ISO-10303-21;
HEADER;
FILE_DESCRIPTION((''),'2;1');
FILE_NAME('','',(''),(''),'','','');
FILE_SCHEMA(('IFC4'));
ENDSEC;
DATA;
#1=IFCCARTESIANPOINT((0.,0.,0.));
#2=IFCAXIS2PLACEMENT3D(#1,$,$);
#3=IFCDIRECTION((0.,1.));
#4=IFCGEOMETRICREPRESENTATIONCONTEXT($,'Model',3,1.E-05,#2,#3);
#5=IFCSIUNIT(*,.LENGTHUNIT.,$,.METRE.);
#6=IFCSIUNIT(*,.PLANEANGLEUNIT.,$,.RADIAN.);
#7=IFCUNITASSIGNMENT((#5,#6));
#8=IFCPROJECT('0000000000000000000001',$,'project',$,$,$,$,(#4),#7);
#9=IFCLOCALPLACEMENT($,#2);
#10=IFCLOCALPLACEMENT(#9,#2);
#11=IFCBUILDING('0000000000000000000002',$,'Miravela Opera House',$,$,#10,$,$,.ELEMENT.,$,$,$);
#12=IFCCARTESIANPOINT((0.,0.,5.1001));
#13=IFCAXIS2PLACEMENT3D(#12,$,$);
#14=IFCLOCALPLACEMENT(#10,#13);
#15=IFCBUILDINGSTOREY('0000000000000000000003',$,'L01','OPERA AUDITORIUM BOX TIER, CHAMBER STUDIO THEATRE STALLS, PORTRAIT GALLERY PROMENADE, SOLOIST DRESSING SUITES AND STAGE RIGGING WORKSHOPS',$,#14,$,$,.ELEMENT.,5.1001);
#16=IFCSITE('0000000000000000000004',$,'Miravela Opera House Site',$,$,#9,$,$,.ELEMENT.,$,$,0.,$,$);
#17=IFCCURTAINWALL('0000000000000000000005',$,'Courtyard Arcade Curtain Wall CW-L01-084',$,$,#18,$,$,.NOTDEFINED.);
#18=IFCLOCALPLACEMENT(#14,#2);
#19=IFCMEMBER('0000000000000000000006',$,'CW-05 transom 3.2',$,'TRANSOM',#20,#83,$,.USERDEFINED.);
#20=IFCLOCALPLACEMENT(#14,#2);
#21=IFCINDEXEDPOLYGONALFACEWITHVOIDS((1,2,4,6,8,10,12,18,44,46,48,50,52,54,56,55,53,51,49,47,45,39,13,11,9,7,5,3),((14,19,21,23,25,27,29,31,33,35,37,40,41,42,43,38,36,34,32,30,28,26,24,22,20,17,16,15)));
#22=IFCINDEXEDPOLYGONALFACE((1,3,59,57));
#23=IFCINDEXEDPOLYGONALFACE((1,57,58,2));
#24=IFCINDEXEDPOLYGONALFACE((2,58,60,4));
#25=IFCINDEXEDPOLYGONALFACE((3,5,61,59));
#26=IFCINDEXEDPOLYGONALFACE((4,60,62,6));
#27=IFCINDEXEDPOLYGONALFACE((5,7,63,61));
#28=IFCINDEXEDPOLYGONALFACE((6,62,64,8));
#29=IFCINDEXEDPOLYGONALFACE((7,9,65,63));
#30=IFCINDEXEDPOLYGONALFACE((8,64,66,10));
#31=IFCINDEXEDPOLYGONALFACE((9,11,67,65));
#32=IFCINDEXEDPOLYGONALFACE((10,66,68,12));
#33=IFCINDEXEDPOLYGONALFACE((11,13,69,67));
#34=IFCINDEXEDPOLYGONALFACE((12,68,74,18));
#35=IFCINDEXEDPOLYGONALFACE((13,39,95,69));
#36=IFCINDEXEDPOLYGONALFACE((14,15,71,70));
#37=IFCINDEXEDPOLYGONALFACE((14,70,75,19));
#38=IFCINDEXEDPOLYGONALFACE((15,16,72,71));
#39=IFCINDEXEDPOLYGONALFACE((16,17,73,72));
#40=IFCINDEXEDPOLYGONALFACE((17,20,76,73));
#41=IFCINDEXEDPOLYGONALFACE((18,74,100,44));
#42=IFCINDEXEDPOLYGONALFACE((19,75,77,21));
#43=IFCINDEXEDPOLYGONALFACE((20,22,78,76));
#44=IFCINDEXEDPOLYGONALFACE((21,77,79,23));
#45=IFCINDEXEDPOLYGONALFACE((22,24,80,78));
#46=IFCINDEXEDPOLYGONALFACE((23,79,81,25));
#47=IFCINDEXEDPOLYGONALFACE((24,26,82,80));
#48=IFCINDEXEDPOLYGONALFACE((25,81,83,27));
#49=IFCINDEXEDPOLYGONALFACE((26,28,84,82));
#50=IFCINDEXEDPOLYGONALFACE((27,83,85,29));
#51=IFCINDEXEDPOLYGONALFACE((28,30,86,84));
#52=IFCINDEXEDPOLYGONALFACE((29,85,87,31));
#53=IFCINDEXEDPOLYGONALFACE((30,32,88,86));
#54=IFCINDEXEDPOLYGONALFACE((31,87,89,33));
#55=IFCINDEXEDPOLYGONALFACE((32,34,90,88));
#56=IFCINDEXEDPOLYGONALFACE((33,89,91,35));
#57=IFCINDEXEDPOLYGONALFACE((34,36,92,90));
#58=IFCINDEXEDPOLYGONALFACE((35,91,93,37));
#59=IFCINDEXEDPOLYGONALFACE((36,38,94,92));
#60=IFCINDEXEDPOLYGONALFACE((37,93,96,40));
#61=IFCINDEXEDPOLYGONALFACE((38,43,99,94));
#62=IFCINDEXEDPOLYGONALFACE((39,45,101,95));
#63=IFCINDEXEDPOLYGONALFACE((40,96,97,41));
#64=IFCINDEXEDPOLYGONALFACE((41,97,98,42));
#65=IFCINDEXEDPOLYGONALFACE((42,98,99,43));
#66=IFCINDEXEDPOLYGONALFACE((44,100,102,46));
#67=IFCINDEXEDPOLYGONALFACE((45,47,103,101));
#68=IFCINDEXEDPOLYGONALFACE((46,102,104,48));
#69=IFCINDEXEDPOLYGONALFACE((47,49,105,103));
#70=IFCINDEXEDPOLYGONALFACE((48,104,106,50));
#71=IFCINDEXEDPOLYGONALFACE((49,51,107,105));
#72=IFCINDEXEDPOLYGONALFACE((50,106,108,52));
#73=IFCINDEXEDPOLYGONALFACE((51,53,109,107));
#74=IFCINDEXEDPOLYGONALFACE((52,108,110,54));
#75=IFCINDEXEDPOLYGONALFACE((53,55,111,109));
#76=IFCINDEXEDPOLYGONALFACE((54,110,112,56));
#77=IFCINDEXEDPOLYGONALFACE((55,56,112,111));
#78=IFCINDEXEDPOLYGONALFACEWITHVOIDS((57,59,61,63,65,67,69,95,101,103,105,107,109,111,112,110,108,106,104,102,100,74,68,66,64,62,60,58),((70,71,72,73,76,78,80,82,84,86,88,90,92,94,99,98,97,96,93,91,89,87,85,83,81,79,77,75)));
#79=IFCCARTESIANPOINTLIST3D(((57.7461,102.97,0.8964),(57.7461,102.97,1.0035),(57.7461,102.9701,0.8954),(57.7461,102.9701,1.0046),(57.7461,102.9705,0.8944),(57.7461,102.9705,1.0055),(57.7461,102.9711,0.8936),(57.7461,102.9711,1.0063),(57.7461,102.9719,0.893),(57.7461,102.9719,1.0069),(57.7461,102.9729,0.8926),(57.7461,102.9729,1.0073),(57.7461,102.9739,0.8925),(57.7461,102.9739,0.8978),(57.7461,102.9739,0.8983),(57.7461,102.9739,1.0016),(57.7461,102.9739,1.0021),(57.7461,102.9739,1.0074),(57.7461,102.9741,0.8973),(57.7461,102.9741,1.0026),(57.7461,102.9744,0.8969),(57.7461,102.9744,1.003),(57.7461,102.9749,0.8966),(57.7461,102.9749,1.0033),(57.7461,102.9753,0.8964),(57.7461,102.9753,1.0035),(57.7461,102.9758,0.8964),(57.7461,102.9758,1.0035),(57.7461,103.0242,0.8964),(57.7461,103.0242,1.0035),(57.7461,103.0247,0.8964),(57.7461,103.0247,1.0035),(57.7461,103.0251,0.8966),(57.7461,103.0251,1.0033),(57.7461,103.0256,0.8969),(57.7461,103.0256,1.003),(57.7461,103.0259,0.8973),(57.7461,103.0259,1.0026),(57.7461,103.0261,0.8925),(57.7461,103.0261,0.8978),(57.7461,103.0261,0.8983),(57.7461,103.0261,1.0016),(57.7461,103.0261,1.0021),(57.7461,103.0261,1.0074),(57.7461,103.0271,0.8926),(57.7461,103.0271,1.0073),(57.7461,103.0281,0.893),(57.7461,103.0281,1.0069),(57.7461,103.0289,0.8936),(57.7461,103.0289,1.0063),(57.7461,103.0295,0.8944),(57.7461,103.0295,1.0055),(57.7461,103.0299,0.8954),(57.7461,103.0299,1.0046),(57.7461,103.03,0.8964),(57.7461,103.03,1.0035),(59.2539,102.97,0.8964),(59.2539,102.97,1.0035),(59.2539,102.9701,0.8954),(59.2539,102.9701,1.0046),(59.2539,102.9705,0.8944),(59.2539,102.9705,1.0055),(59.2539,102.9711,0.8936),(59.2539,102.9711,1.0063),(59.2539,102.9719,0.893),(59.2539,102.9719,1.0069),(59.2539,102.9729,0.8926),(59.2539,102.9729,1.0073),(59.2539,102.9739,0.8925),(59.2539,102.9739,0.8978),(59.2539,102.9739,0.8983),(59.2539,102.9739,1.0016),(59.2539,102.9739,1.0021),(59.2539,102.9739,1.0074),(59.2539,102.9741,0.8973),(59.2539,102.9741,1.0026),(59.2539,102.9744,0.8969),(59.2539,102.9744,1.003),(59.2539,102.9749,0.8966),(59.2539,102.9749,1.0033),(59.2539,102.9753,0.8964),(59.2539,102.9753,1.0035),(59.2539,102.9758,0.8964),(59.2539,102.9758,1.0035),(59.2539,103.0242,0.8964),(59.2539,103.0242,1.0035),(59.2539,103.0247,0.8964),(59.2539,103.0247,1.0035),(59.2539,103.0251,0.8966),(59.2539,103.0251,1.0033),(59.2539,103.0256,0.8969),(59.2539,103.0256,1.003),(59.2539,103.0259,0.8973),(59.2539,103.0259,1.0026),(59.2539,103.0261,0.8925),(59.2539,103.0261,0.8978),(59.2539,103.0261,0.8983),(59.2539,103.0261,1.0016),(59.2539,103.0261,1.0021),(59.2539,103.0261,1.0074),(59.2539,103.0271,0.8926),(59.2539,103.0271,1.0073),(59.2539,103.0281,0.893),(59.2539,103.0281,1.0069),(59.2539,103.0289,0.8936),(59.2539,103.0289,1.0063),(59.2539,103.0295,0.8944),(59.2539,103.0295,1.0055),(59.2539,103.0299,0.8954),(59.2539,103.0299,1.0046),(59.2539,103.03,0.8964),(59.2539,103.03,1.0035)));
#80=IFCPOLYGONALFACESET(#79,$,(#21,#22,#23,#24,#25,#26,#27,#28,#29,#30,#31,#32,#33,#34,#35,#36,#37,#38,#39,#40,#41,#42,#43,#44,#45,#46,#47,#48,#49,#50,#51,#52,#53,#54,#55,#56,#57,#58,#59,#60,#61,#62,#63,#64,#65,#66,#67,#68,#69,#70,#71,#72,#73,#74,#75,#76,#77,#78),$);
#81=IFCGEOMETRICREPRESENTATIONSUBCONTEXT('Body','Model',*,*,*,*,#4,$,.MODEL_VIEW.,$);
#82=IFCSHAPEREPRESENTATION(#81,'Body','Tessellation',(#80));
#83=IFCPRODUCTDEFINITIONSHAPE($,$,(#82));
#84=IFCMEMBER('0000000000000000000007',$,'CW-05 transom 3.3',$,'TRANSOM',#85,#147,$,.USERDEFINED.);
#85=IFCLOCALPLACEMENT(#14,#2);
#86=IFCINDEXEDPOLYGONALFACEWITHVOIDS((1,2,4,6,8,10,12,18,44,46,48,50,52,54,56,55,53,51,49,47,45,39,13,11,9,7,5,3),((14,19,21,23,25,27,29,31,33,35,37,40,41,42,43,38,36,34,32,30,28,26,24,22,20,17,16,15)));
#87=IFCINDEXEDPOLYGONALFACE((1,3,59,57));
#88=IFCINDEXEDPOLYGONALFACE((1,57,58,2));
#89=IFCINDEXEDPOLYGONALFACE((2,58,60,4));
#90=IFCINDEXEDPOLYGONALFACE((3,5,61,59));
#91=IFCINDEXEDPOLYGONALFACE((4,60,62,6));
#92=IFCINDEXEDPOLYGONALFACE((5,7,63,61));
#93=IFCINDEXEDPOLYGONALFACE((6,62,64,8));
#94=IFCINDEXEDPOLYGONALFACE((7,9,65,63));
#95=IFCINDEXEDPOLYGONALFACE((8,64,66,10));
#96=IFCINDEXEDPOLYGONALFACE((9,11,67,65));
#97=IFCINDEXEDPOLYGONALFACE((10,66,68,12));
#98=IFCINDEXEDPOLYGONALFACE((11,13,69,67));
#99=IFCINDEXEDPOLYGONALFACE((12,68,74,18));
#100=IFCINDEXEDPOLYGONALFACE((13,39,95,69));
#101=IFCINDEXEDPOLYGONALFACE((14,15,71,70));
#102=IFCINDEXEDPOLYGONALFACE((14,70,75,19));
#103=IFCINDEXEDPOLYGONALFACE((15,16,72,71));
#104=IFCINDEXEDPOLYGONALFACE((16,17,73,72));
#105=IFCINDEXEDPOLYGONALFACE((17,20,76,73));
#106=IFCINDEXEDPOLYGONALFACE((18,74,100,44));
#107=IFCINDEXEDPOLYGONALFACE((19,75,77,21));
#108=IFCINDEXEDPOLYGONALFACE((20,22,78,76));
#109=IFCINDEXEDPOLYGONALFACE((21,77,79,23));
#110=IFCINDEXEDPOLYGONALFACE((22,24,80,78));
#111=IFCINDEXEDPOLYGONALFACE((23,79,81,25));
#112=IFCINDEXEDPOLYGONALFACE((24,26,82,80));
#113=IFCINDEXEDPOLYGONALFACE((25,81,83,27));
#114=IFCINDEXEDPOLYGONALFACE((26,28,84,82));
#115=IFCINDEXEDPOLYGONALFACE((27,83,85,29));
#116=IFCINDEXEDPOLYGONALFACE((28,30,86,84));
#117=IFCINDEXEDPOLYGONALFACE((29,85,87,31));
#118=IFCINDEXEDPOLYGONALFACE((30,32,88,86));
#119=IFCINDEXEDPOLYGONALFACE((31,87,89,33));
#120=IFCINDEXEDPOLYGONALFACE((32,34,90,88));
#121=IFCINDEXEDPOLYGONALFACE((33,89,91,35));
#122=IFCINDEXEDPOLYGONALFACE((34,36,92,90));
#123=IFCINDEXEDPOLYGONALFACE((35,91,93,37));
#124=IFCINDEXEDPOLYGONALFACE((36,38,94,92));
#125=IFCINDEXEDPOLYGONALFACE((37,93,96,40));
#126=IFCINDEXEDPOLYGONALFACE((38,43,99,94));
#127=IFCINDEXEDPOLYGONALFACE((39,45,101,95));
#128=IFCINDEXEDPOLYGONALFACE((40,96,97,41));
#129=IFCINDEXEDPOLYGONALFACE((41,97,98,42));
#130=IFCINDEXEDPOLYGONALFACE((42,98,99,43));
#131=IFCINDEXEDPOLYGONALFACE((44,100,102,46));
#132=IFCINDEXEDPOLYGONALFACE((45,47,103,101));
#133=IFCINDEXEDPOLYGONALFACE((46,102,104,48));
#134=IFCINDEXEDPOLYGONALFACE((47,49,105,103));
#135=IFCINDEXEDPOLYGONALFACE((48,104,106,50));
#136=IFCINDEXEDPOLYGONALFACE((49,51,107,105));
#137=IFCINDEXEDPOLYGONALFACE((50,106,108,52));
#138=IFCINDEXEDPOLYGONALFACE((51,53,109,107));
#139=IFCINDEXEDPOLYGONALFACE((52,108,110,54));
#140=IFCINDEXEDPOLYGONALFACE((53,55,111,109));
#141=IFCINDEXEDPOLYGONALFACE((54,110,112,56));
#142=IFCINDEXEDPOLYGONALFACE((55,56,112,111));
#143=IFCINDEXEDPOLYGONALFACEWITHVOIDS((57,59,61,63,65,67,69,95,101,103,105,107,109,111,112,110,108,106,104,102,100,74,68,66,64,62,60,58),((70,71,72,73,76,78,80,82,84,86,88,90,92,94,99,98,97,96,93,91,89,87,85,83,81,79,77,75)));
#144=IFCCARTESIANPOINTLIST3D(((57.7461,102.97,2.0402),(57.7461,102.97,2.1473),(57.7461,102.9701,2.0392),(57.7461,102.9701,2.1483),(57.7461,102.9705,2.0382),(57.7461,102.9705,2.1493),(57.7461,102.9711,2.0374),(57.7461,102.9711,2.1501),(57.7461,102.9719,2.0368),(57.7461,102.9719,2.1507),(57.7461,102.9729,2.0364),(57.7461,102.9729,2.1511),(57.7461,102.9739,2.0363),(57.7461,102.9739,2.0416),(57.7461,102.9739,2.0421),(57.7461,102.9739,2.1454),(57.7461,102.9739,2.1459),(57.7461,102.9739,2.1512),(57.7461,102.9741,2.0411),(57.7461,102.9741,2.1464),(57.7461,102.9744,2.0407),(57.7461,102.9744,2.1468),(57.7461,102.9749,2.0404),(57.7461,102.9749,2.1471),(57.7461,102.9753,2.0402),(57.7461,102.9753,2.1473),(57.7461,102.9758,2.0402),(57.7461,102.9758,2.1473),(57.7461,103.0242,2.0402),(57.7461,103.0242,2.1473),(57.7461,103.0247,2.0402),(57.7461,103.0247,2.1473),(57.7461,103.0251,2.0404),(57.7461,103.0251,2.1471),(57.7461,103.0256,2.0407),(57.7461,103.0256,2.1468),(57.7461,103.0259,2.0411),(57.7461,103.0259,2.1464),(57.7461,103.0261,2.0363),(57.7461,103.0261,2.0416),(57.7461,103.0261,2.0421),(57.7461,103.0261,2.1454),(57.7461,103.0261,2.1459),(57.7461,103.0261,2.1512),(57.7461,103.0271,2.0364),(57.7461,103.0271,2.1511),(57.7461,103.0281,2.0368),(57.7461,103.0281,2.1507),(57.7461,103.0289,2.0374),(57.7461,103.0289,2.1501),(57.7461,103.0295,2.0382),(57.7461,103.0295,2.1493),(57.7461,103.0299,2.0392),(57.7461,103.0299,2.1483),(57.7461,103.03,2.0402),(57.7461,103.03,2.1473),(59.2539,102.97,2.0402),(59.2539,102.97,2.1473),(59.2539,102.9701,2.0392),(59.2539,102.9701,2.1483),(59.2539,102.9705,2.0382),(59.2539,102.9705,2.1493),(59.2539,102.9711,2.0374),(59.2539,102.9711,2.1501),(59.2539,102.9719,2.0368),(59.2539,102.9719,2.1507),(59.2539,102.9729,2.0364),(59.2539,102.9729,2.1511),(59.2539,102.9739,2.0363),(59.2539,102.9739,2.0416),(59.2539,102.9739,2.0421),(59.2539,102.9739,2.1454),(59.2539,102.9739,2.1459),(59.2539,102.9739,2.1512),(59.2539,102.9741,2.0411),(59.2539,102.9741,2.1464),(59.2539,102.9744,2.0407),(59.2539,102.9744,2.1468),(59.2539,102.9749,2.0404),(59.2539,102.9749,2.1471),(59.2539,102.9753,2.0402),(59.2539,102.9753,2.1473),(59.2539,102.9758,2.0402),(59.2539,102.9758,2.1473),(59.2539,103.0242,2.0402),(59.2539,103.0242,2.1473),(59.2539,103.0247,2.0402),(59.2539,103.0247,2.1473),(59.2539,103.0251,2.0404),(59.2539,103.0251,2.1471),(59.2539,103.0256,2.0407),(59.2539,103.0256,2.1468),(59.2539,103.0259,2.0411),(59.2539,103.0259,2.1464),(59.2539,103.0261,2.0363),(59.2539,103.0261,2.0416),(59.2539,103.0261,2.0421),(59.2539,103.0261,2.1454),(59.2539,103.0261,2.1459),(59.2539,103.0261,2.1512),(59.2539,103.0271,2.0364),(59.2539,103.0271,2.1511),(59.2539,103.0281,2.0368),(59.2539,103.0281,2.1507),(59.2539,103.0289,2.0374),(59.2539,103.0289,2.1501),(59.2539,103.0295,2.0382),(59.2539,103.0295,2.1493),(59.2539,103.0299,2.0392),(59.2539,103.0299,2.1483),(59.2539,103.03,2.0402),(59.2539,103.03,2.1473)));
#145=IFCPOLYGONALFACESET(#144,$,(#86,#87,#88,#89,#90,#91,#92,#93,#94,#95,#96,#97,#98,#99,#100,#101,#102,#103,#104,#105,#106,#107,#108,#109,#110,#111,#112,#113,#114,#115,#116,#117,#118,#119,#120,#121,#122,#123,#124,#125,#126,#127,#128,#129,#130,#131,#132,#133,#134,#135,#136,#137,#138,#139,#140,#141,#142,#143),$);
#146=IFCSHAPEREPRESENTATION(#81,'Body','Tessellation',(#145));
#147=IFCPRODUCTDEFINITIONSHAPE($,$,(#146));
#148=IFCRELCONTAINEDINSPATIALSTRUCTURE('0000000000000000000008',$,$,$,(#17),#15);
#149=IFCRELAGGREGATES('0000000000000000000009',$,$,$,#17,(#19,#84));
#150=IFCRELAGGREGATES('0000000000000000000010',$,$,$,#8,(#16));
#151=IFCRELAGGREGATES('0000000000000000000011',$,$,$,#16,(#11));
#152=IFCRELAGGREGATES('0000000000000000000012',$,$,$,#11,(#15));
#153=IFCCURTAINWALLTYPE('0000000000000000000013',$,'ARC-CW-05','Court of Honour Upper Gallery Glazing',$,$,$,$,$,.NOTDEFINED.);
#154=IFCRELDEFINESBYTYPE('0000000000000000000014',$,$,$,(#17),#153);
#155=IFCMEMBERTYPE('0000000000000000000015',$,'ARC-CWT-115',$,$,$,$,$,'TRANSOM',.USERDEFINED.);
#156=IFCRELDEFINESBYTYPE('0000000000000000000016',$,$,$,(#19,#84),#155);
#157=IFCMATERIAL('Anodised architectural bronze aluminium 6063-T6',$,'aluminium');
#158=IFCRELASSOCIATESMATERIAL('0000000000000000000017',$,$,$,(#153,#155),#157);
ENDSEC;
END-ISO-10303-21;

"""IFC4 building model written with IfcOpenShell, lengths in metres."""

from ifc_helpers import new_model, si_unit, direction, frame, origin, origin_2d, place, context, subcontext, project, spatial, hollow_rectangle, extrude, material, material_profile, profile_set, type_object, element, aggregate, save


model = new_model("IFC4")

# Units and contexts
model_context = context("Model", 3, precision=1e-05, world=origin(), true_north=direction((0.0, 1.0)))
body_context = subcontext(model_context, "Body", "Model", "MODEL_VIEW")
ifc_project = project(units=[si_unit("LENGTHUNIT", "METRE"), si_unit("PLANEANGLEUNIT", "RADIAN")], contexts=[model_context])

# Site, building, storey
site_placement = place(None, origin())
site = spatial("IfcSite", under=ifc_project, at=site_placement, Name="Miravela Opera House Site", CompositionType="ELEMENT", RefElevation=0.0)
building_placement = place(site_placement, origin())
building = spatial("IfcBuilding", under=site, at=building_placement, Name="Miravela Opera House", CompositionType="ELEMENT")
storey_placement = place(building_placement, frame((0.0, 0.0, 5.1001)))
storey = spatial("IfcBuildingStorey", under=building, at=storey_placement, Name="L01", Description="OPERA AUDITORIUM BOX TIER, CHAMBER STUDIO THEATRE STALLS, PORTRAIT GALLERY PROMENADE, SOLOIST DRESSING SUITES AND STAGE RIGGING WORKSHOPS", CompositionType="ELEMENT", Elevation=5.1001)

# Curtain wall, members
ifc_material_1 = material(Name="Anodised architectural bronze aluminium 6063-T6", Category="aluminium")
curtain_wall_type = type_object("IfcCurtainWallType", Name="ARC-CW-05", Description="Court of Honour Upper Gallery Glazing", PredefinedType="NOTDEFINED", material=ifc_material_1)
curtain_wall_placement = place(storey_placement, origin())
curtain_wall = element("IfcCurtainWall", 1, at=curtain_wall_placement, inside=storey, type_object=curtain_wall_type, Name="Courtyard Arcade Curtain Wall CW-L01-084", PredefinedType="NOTDEFINED")
ifc_material_profile_1 = material_profile(ifc_material_1, hollow_rectangle(XDim=0.0601, YDim=0.115, WallThickness=0.0039, InnerFilletRadius=0.002, OuterFilletRadius=0.0039, at=origin_2d()), Name="CWT-60X115")
ifc_profile_set_1 = profile_set([ifc_material_profile_1])
member_type_1 = type_object("IfcMemberType", Name="ARC-CWT-115", ElementType="TRANSOM", PredefinedType="USERDEFINED", material=ifc_profile_set_1)
member_1_placement = place(storey_placement, frame((57.7461, 103.0, 0.95), z_axis=(1.0, 0.0, 0.0), x_axis=(0.0, 1.0, 0.0)))
member_1 = element("IfcMember", 2, at=member_1_placement, type_object=member_type_1, Name="CW-05 transom 3.2", ObjectType="TRANSOM", PredefinedType="USERDEFINED", context=body_context, shape_type="SweptSolid", body=[
    extrude(hollow_rectangle(XDim=0.0601, YDim=0.115, WallThickness=0.0039, InnerFilletRadius=0.002, OuterFilletRadius=0.0039, at=origin_2d()), origin(), (0.0, 0.0, 1.0), 1.5078),
])
member_2_placement = place(storey_placement, frame((57.7461, 103.0, 2.0938), z_axis=(1.0, 0.0, 0.0), x_axis=(0.0, 1.0, 0.0)))
member_2 = element("IfcMember", 3, at=member_2_placement, type_object=member_type_1, Name="CW-05 transom 3.3", ObjectType="TRANSOM", PredefinedType="USERDEFINED", context=body_context, shape_type="SweptSolid", body=[
    extrude(hollow_rectangle(XDim=0.0601, YDim=0.115, WallThickness=0.0039, InnerFilletRadius=0.002, OuterFilletRadius=0.0039, at=origin_2d()), origin(), (0.0, 0.0, 1.0), 1.5078),
])

aggregate(curtain_wall, [member_1, member_2])

save(model, "model.ifc")
